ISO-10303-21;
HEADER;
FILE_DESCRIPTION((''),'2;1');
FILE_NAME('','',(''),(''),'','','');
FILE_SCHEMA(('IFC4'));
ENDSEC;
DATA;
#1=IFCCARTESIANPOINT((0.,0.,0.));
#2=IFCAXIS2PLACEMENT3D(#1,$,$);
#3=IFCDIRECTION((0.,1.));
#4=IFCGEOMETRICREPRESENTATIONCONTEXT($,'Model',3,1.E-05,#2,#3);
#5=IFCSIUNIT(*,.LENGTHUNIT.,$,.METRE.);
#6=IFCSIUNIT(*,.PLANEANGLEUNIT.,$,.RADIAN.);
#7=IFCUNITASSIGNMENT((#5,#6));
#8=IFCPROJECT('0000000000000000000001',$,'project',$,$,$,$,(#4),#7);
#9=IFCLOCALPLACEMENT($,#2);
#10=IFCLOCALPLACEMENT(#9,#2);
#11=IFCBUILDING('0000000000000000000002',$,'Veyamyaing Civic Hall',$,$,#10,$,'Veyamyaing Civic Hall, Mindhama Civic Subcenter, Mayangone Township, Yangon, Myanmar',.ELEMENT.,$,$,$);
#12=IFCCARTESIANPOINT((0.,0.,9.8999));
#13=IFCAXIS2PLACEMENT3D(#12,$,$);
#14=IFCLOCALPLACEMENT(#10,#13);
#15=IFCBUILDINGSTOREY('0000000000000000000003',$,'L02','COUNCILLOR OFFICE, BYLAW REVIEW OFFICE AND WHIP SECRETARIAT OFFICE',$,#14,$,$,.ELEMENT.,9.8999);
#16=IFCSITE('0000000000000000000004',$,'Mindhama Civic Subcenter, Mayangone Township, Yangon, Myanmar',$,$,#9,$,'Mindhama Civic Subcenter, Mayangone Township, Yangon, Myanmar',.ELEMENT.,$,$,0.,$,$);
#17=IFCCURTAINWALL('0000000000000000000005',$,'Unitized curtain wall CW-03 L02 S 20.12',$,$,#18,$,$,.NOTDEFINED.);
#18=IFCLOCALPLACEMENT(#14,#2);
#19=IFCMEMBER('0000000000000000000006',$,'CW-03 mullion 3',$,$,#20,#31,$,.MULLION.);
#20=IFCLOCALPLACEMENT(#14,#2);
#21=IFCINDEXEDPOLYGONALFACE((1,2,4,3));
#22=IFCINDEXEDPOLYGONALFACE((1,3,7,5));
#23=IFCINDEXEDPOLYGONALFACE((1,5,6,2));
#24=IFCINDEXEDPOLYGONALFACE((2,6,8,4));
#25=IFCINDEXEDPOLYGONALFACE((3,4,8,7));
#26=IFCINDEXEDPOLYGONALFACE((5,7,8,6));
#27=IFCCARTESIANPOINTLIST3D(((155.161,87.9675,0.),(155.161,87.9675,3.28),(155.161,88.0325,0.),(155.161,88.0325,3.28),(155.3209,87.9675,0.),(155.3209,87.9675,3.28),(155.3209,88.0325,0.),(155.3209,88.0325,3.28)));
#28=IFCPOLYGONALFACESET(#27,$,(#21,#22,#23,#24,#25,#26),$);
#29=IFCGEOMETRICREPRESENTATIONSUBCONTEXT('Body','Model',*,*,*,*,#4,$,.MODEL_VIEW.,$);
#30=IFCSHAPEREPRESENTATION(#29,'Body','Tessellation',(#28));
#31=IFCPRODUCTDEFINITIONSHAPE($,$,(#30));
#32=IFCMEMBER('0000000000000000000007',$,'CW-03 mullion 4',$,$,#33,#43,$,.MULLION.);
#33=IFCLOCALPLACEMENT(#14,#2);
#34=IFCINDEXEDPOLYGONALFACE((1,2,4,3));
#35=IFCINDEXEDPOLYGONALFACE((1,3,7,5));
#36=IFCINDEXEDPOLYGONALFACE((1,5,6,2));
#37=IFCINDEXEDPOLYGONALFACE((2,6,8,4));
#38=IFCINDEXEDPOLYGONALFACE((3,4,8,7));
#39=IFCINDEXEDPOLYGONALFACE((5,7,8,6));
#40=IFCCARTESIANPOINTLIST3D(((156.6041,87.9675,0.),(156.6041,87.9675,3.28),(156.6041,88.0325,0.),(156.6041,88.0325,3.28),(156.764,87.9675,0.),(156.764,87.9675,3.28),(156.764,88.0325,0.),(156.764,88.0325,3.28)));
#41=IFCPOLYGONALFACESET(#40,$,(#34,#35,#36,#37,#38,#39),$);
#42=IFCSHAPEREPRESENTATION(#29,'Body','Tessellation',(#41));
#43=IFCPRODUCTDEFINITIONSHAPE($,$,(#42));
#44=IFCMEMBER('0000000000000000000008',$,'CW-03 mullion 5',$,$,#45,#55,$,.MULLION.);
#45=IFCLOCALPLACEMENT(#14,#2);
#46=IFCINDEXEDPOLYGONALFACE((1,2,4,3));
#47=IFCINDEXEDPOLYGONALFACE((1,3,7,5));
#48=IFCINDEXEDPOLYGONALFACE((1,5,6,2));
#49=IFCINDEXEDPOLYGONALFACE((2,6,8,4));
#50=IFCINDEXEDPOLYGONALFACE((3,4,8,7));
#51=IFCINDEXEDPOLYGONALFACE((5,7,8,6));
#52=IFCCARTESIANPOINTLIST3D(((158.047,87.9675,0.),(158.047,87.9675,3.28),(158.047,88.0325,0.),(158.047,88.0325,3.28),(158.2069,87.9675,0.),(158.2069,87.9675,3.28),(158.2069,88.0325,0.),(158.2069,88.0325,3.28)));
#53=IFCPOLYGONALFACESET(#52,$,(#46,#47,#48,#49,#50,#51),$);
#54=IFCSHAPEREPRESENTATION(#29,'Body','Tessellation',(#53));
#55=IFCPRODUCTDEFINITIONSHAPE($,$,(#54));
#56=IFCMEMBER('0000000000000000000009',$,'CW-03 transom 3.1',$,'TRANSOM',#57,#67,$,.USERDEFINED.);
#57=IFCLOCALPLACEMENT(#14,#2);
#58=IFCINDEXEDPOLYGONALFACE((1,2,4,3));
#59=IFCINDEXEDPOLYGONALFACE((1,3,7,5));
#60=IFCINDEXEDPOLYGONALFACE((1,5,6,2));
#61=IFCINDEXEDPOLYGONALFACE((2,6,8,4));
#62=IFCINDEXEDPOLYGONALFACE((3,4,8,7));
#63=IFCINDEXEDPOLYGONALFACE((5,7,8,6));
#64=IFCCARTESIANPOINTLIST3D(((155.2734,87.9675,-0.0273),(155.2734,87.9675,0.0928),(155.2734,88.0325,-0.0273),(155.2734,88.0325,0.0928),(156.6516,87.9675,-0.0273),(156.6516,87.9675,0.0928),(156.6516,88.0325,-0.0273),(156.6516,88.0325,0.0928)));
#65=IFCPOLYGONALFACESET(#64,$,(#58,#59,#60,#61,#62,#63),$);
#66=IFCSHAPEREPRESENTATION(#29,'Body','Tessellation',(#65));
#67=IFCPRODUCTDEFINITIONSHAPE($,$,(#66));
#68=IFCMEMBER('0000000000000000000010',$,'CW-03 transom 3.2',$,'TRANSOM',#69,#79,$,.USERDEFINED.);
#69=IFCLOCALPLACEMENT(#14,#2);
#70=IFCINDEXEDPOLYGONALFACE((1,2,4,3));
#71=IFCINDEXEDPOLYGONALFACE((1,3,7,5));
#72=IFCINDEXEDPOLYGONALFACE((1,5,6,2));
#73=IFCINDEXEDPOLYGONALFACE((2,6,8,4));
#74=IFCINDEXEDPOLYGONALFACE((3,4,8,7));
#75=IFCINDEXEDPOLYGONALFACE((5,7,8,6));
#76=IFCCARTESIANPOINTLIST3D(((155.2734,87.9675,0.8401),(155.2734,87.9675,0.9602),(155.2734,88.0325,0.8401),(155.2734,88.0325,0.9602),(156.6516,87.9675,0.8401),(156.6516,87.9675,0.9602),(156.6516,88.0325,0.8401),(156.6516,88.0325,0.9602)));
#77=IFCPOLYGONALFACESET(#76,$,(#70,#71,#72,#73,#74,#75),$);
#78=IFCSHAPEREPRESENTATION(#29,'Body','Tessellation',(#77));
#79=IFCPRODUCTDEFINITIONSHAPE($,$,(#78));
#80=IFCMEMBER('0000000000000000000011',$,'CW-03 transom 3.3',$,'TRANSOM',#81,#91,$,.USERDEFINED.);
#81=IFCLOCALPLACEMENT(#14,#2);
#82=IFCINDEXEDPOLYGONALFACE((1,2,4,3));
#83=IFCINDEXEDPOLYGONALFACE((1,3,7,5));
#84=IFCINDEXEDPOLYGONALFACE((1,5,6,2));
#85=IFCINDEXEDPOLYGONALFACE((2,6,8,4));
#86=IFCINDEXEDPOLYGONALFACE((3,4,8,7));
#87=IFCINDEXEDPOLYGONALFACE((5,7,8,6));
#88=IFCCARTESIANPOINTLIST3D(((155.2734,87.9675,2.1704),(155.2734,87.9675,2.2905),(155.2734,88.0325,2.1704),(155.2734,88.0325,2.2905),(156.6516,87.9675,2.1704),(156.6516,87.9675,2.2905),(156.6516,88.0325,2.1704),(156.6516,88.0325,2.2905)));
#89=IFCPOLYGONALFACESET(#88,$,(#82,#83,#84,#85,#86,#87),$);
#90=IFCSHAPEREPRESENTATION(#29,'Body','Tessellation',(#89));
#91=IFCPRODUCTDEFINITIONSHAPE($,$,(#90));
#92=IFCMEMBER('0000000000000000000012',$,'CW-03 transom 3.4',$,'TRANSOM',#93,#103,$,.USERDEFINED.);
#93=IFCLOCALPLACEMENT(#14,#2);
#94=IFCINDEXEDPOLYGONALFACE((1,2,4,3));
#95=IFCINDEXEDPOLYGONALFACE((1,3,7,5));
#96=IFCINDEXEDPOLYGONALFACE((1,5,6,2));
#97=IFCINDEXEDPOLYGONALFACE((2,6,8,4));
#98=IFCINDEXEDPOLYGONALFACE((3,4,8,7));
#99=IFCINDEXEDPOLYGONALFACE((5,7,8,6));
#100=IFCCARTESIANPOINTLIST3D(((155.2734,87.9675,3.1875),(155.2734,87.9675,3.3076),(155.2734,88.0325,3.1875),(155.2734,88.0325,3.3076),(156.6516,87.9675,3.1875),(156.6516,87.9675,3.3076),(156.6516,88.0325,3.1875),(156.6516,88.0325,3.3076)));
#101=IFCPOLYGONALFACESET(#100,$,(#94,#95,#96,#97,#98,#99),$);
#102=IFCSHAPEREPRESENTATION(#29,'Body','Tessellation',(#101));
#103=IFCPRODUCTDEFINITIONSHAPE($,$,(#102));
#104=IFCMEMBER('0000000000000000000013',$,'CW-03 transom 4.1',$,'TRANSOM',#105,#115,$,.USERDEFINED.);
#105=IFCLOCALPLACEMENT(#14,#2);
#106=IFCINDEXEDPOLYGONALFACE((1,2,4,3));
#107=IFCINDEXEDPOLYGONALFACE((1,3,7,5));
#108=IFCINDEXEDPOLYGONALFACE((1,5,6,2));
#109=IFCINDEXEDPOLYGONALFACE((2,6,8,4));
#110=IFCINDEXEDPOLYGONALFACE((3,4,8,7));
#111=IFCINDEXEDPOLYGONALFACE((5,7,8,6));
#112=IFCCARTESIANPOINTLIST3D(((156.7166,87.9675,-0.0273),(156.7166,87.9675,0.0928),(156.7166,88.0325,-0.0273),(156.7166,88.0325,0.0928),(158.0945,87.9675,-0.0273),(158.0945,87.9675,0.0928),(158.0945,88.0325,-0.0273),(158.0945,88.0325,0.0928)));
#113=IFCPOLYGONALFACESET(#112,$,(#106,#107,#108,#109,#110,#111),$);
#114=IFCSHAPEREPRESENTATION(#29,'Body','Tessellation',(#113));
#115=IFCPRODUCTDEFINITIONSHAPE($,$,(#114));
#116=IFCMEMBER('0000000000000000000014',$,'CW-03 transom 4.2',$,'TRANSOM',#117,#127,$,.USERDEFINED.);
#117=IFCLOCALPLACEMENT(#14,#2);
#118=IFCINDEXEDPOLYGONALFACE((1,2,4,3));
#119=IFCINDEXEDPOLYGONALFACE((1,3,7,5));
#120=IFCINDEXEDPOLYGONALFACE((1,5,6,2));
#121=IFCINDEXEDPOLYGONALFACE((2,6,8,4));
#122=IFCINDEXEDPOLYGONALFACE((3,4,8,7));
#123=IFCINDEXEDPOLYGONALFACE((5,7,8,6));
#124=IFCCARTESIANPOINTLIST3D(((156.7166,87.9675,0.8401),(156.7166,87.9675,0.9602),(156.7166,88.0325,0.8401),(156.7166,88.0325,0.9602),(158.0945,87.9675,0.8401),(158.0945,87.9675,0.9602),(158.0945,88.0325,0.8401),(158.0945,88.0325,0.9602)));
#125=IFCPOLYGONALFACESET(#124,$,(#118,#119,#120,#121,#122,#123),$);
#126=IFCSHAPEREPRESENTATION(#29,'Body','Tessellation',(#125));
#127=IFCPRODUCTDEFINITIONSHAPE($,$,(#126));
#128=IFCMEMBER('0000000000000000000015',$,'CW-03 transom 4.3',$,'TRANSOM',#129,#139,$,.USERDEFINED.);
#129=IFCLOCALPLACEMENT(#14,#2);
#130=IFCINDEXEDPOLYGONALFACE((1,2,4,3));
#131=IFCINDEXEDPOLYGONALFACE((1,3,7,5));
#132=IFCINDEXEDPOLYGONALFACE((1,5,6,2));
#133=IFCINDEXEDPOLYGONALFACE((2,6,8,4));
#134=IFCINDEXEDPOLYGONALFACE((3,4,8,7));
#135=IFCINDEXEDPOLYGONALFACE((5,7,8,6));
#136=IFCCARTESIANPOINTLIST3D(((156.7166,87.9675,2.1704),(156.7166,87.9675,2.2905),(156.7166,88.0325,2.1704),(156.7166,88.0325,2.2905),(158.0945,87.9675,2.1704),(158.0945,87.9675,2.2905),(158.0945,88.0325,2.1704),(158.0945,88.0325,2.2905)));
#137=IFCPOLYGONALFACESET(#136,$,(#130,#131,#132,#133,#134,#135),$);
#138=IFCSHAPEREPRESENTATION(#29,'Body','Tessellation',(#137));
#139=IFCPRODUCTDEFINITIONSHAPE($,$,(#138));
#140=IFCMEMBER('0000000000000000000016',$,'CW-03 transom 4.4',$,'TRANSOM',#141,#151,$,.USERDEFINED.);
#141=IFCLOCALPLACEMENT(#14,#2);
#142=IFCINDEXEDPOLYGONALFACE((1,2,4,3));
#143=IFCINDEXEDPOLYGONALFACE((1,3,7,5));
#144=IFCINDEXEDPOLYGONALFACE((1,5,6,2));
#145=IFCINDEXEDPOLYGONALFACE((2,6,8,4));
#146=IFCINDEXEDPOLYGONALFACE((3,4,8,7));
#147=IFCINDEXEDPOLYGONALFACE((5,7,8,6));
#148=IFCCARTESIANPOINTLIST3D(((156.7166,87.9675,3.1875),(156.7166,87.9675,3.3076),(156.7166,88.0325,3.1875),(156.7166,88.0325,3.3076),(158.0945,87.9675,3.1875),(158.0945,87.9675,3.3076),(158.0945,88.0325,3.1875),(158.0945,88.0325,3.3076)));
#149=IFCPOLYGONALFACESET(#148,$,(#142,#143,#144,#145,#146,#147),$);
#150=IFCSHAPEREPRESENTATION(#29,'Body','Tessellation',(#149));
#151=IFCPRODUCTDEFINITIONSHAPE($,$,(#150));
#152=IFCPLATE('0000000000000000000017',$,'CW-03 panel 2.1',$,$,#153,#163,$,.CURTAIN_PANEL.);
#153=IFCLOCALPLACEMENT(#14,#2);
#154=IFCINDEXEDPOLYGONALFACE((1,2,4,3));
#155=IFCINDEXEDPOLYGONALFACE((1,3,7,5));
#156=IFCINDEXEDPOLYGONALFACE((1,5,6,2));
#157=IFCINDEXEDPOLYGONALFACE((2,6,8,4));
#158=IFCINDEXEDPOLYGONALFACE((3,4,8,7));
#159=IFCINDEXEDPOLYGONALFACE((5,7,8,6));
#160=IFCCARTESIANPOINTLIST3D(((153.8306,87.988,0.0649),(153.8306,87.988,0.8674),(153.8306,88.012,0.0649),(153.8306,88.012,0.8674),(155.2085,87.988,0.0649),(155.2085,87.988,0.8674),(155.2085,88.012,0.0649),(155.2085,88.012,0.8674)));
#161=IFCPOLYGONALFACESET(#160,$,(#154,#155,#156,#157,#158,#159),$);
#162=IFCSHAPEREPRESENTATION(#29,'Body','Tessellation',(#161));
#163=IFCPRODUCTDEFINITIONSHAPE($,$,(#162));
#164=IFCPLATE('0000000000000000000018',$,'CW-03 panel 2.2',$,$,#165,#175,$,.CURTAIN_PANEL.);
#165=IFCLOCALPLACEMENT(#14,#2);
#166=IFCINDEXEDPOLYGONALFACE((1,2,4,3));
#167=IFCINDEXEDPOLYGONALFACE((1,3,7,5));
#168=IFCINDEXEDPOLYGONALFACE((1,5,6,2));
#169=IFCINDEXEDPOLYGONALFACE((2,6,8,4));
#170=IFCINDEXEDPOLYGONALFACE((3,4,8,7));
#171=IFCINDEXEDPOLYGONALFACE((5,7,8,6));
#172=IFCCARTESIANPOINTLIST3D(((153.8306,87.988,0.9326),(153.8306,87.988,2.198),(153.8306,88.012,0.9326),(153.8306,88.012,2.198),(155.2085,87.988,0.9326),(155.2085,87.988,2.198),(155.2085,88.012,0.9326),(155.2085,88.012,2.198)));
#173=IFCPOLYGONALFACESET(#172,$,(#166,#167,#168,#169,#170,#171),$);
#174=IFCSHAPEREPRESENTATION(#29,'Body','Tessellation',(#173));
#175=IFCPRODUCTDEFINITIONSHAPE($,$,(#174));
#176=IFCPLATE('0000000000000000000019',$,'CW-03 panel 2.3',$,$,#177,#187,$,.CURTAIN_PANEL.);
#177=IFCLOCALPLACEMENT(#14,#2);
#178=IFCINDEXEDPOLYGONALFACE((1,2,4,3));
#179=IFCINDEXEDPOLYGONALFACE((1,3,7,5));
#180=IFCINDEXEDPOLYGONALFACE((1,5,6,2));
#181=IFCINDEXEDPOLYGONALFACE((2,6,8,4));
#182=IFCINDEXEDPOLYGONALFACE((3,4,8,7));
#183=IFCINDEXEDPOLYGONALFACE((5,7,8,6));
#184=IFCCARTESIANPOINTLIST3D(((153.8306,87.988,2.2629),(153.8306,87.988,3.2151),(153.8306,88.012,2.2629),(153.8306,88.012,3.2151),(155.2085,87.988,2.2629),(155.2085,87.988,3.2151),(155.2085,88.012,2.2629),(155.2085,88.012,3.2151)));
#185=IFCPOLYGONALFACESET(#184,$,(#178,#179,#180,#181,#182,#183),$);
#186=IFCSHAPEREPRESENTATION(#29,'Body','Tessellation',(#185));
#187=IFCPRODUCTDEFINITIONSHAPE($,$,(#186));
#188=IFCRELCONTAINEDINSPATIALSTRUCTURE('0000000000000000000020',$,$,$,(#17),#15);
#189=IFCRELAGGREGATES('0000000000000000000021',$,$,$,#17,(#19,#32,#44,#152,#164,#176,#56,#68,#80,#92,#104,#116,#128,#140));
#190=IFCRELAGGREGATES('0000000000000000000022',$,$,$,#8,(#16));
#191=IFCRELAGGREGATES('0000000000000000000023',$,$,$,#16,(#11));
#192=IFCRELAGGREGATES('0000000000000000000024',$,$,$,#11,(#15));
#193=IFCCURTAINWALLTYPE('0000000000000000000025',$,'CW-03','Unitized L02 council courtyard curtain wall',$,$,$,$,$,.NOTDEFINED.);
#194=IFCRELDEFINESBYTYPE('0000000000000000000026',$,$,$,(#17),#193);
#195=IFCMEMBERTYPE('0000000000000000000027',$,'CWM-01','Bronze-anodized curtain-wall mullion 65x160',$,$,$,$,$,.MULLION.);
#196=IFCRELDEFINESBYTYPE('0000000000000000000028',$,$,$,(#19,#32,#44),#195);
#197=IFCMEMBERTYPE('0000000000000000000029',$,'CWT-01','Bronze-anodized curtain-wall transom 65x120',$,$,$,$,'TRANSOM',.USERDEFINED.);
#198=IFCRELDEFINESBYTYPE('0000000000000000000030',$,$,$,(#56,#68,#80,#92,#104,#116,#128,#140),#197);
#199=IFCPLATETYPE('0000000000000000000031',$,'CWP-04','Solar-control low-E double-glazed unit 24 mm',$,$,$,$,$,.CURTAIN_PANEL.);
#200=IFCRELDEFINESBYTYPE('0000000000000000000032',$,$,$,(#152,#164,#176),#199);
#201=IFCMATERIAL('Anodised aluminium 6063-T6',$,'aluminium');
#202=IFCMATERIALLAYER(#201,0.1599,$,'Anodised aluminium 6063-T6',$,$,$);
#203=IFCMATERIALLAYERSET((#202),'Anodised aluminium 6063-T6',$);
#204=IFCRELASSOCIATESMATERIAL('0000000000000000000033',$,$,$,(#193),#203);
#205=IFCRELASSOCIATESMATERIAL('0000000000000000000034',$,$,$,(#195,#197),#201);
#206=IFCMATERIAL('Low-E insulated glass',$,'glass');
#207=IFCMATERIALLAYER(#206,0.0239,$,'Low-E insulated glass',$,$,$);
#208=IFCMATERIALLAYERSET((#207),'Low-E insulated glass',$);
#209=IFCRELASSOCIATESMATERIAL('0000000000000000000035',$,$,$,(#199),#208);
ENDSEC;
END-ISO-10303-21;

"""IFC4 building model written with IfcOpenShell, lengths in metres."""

from ifc_helpers import new_model, si_unit, direction, frame, origin, origin_2d, place, context, subcontext, project, spatial, rectangle, extrude, material, layer, layer_set, material_profile, profile_set, type_object, element, aggregate, save


model = new_model("IFC4")

# Units and contexts
model_context = context("Model", 3, precision=1e-05, world=origin(), true_north=direction((0.0, 1.0)))
body_context = subcontext(model_context, "Body", "Model", "MODEL_VIEW")
ifc_project = project(units=[si_unit("LENGTHUNIT", "METRE"), si_unit("PLANEANGLEUNIT", "RADIAN")], contexts=[model_context])

# Site, building, storey
site_placement = place(None, origin())
site = spatial("IfcSite", under=ifc_project, at=site_placement, Name="Mindhama Civic Subcenter, Mayangone Township, Yangon, Myanmar", LongName="Mindhama Civic Subcenter, Mayangone Township, Yangon, Myanmar", CompositionType="ELEMENT", RefElevation=0.0)
building_placement = place(site_placement, origin())
building = spatial("IfcBuilding", under=site, at=building_placement, Name="Veyamyaing Civic Hall", LongName="Veyamyaing Civic Hall, Mindhama Civic Subcenter, Mayangone Township, Yangon, Myanmar", CompositionType="ELEMENT")
storey_placement = place(building_placement, frame((0.0, 0.0, 9.8999)))
storey = spatial("IfcBuildingStorey", under=building, at=storey_placement, Name="L02", Description="COUNCILLOR OFFICE, BYLAW REVIEW OFFICE AND WHIP SECRETARIAT OFFICE", CompositionType="ELEMENT", Elevation=9.8999)

# Curtain wall, members, plates
ifc_material_1 = material(Name="Anodised aluminium 6063-T6", Category="aluminium")
ifc_layer_1 = layer(ifc_material_1, 0.1599, Name="Anodised aluminium 6063-T6")
ifc_layer_set_1 = layer_set([ifc_layer_1], Name="Anodised aluminium 6063-T6")
curtain_wall_type = type_object("IfcCurtainWallType", Name="CW-03", Description="Unitized L02 council courtyard curtain wall", PredefinedType="NOTDEFINED", material=ifc_layer_set_1)
curtain_wall_placement = place(storey_placement, origin())
curtain_wall = element("IfcCurtainWall", 1, at=curtain_wall_placement, inside=storey, type_object=curtain_wall_type, Name="Unitized curtain wall CW-03 L02 S 20.12", PredefinedType="NOTDEFINED")
ifc_material_profile_1 = material_profile(ifc_material_1, rectangle(XDim=0.0649, YDim=0.1599, at=origin_2d()), Name="ALU-MUL-65X160")
ifc_profile_set_1 = profile_set([ifc_material_profile_1], Name="Anodised aluminium 6063-T6")
member_type_1 = type_object("IfcMemberType", Name="CWM-01", Description="Bronze-anodized curtain-wall mullion 65x160", PredefinedType="MULLION", material=ifc_profile_set_1)
member_1_placement = place(storey_placement, frame((155.241, 88.0, 0.0), z_axis=(0.0, 0.0, 1.0), x_axis=(0.0, 1.0, 0.0)))
member_1 = element("IfcMember", 2, at=member_1_placement, type_object=member_type_1, Name="CW-03 mullion 3", PredefinedType="MULLION", context=body_context, shape_type="SweptSolid", body=[
    extrude(rectangle(XDim=0.0649, YDim=0.1599, at=origin_2d()), origin(), (0.0, 0.0, 1.0), 3.28),
])
member_2_placement = place(storey_placement, frame((156.6841, 88.0, 0.0), z_axis=(0.0, 0.0, 1.0), x_axis=(0.0, 1.0, 0.0)))
member_2 = element("IfcMember", 3, at=member_2_placement, type_object=member_type_1, Name="CW-03 mullion 4", PredefinedType="MULLION", context=body_context, shape_type="SweptSolid", body=[
    extrude(rectangle(XDim=0.0649, YDim=0.1599, at=origin_2d()), origin(), (0.0, 0.0, 1.0), 3.28),
])
member_3_placement = place(storey_placement, frame((158.127, 88.0, 0.0), z_axis=(0.0, 0.0, 1.0), x_axis=(0.0, 1.0, 0.0)))
member_3 = element("IfcMember", 4, at=member_3_placement, type_object=member_type_1, Name="CW-03 mullion 5", PredefinedType="MULLION", context=body_context, shape_type="SweptSolid", body=[
    extrude(rectangle(XDim=0.0649, YDim=0.1599, at=origin_2d()), origin(), (0.0, 0.0, 1.0), 3.28),
])
ifc_material_profile_2 = material_profile(ifc_material_1, rectangle(XDim=0.0649, YDim=0.1201, at=origin_2d()), Name="ALU-TRN-65X120")
ifc_profile_set_2 = profile_set([ifc_material_profile_2], Name="Anodised aluminium 6063-T6")
member_type_2 = type_object("IfcMemberType", Name="CWT-01", Description="Bronze-anodized curtain-wall transom 65x120", ElementType="TRANSOM", PredefinedType="USERDEFINED", material=ifc_profile_set_2)
member_4_placement = place(storey_placement, frame((155.2734, 88.0, 0.0327), z_axis=(1.0, 0.0, 0.0), x_axis=(0.0, 1.0, 0.0)))
member_4 = element("IfcMember", 5, at=member_4_placement, type_object=member_type_2, Name="CW-03 transom 3.1", ObjectType="TRANSOM", PredefinedType="USERDEFINED", context=body_context, shape_type="SweptSolid", body=[
    extrude(rectangle(XDim=0.0649, YDim=0.1201, at=origin_2d()), origin(), (0.0, 0.0, 1.0), 1.3782),
])
member_5_placement = place(storey_placement, frame((155.2734, 88.0, 0.9001), z_axis=(1.0, 0.0, 0.0), x_axis=(0.0, 1.0, 0.0)))
member_5 = element("IfcMember", 6, at=member_5_placement, type_object=member_type_2, Name="CW-03 transom 3.2", ObjectType="TRANSOM", PredefinedType="USERDEFINED", context=body_context, shape_type="SweptSolid", body=[
    extrude(rectangle(XDim=0.0649, YDim=0.1201, at=origin_2d()), origin(), (0.0, 0.0, 1.0), 1.3782),
])
member_6_placement = place(storey_placement, frame((155.2734, 88.0, 2.2305), z_axis=(1.0, 0.0, 0.0), x_axis=(0.0, 1.0, 0.0)))
member_6 = element("IfcMember", 7, at=member_6_placement, type_object=member_type_2, Name="CW-03 transom 3.3", ObjectType="TRANSOM", PredefinedType="USERDEFINED", context=body_context, shape_type="SweptSolid", body=[
    extrude(rectangle(XDim=0.0649, YDim=0.1201, at=origin_2d()), origin(), (0.0, 0.0, 1.0), 1.3782),
])
member_7_placement = place(storey_placement, frame((155.2734, 88.0, 3.2476), z_axis=(1.0, 0.0, 0.0), x_axis=(0.0, 1.0, 0.0)))
member_7 = element("IfcMember", 8, at=member_7_placement, type_object=member_type_2, Name="CW-03 transom 3.4", ObjectType="TRANSOM", PredefinedType="USERDEFINED", context=body_context, shape_type="SweptSolid", body=[
    extrude(rectangle(XDim=0.0649, YDim=0.1201, at=origin_2d()), origin(), (0.0, 0.0, 1.0), 1.3782),
])
member_8_placement = place(storey_placement, frame((156.7166, 88.0, 0.0327), z_axis=(1.0, 0.0, 0.0), x_axis=(0.0, 1.0, 0.0)))
member_8 = element("IfcMember", 9, at=member_8_placement, type_object=member_type_2, Name="CW-03 transom 4.1", ObjectType="TRANSOM", PredefinedType="USERDEFINED", context=body_context, shape_type="SweptSolid", body=[
    extrude(rectangle(XDim=0.0649, YDim=0.1201, at=origin_2d()), origin(), (0.0, 0.0, 1.0), 1.3779),
])
member_9_placement = place(storey_placement, frame((156.7166, 88.0, 0.9001), z_axis=(1.0, 0.0, 0.0), x_axis=(0.0, 1.0, 0.0)))
member_9 = element("IfcMember", 10, at=member_9_placement, type_object=member_type_2, Name="CW-03 transom 4.2", ObjectType="TRANSOM", PredefinedType="USERDEFINED", context=body_context, shape_type="SweptSolid", body=[
    extrude(rectangle(XDim=0.0649, YDim=0.1201, at=origin_2d()), origin(), (0.0, 0.0, 1.0), 1.3779),
])
member_10_placement = place(storey_placement, frame((156.7166, 88.0, 2.2305), z_axis=(1.0, 0.0, 0.0), x_axis=(0.0, 1.0, 0.0)))
member_10 = element("IfcMember", 11, at=member_10_placement, type_object=member_type_2, Name="CW-03 transom 4.3", ObjectType="TRANSOM", PredefinedType="USERDEFINED", context=body_context, shape_type="SweptSolid", body=[
    extrude(rectangle(XDim=0.0649, YDim=0.1201, at=origin_2d()), origin(), (0.0, 0.0, 1.0), 1.3779),
])
member_11_placement = place(storey_placement, frame((156.7166, 88.0, 3.2476), z_axis=(1.0, 0.0, 0.0), x_axis=(0.0, 1.0, 0.0)))
member_11 = element("IfcMember", 12, at=member_11_placement, type_object=member_type_2, Name="CW-03 transom 4.4", ObjectType="TRANSOM", PredefinedType="USERDEFINED", context=body_context, shape_type="SweptSolid", body=[
    extrude(rectangle(XDim=0.0649, YDim=0.1201, at=origin_2d()), origin(), (0.0, 0.0, 1.0), 1.3779),
])
ifc_material_2 = material(Name="Low-E insulated glass", Category="glass")
ifc_layer_2 = layer(ifc_material_2, 0.0239, Name="Low-E insulated glass")
ifc_layer_set_2 = layer_set([ifc_layer_2], Name="Low-E insulated glass")
plate_type = type_object("IfcPlateType", Name="CWP-04", Description="Solar-control low-E double-glazed unit 24 mm", PredefinedType="CURTAIN_PANEL", material=ifc_layer_set_2)
plate_1_placement = place(storey_placement, frame((154.5195, 88.0, 0.0649), z_axis=(0.0, 0.0, 1.0), x_axis=(1.0, 0.0, 0.0)))
plate_1 = element("IfcPlate", 13, at=plate_1_placement, type_object=plate_type, Name="CW-03 panel 2.1", PredefinedType="CURTAIN_PANEL", context=body_context, shape_type="SweptSolid", body=[
    extrude(rectangle(XDim=1.3779, YDim=0.0239, at=origin_2d()), origin(), (0.0, 0.0, 1.0), 0.8025),
])
plate_2_placement = place(storey_placement, frame((154.5195, 88.0, 0.9326), z_axis=(0.0, 0.0, 1.0), x_axis=(1.0, 0.0, 0.0)))
plate_2 = element("IfcPlate", 14, at=plate_2_placement, type_object=plate_type, Name="CW-03 panel 2.2", PredefinedType="CURTAIN_PANEL", context=body_context, shape_type="SweptSolid", body=[
    extrude(rectangle(XDim=1.3779, YDim=0.0239, at=origin_2d()), origin(), (0.0, 0.0, 1.0), 1.2654),
])
plate_3_placement = place(storey_placement, frame((154.5195, 88.0, 2.2629), z_axis=(0.0, 0.0, 1.0), x_axis=(1.0, 0.0, 0.0)))
plate_3 = element("IfcPlate", 15, at=plate_3_placement, type_object=plate_type, Name="CW-03 panel 2.3", PredefinedType="CURTAIN_PANEL", context=body_context, shape_type="SweptSolid", body=[
    extrude(rectangle(XDim=1.3779, YDim=0.0239, at=origin_2d()), origin(), (0.0, 0.0, 1.0), 0.9521),
])
aggregate(curtain_wall, [member_1, member_2, member_3, plate_1, plate_2, plate_3, member_4, member_5, member_6, member_7, member_8, member_9, member_10, member_11])

save(model, "model.ifc")
